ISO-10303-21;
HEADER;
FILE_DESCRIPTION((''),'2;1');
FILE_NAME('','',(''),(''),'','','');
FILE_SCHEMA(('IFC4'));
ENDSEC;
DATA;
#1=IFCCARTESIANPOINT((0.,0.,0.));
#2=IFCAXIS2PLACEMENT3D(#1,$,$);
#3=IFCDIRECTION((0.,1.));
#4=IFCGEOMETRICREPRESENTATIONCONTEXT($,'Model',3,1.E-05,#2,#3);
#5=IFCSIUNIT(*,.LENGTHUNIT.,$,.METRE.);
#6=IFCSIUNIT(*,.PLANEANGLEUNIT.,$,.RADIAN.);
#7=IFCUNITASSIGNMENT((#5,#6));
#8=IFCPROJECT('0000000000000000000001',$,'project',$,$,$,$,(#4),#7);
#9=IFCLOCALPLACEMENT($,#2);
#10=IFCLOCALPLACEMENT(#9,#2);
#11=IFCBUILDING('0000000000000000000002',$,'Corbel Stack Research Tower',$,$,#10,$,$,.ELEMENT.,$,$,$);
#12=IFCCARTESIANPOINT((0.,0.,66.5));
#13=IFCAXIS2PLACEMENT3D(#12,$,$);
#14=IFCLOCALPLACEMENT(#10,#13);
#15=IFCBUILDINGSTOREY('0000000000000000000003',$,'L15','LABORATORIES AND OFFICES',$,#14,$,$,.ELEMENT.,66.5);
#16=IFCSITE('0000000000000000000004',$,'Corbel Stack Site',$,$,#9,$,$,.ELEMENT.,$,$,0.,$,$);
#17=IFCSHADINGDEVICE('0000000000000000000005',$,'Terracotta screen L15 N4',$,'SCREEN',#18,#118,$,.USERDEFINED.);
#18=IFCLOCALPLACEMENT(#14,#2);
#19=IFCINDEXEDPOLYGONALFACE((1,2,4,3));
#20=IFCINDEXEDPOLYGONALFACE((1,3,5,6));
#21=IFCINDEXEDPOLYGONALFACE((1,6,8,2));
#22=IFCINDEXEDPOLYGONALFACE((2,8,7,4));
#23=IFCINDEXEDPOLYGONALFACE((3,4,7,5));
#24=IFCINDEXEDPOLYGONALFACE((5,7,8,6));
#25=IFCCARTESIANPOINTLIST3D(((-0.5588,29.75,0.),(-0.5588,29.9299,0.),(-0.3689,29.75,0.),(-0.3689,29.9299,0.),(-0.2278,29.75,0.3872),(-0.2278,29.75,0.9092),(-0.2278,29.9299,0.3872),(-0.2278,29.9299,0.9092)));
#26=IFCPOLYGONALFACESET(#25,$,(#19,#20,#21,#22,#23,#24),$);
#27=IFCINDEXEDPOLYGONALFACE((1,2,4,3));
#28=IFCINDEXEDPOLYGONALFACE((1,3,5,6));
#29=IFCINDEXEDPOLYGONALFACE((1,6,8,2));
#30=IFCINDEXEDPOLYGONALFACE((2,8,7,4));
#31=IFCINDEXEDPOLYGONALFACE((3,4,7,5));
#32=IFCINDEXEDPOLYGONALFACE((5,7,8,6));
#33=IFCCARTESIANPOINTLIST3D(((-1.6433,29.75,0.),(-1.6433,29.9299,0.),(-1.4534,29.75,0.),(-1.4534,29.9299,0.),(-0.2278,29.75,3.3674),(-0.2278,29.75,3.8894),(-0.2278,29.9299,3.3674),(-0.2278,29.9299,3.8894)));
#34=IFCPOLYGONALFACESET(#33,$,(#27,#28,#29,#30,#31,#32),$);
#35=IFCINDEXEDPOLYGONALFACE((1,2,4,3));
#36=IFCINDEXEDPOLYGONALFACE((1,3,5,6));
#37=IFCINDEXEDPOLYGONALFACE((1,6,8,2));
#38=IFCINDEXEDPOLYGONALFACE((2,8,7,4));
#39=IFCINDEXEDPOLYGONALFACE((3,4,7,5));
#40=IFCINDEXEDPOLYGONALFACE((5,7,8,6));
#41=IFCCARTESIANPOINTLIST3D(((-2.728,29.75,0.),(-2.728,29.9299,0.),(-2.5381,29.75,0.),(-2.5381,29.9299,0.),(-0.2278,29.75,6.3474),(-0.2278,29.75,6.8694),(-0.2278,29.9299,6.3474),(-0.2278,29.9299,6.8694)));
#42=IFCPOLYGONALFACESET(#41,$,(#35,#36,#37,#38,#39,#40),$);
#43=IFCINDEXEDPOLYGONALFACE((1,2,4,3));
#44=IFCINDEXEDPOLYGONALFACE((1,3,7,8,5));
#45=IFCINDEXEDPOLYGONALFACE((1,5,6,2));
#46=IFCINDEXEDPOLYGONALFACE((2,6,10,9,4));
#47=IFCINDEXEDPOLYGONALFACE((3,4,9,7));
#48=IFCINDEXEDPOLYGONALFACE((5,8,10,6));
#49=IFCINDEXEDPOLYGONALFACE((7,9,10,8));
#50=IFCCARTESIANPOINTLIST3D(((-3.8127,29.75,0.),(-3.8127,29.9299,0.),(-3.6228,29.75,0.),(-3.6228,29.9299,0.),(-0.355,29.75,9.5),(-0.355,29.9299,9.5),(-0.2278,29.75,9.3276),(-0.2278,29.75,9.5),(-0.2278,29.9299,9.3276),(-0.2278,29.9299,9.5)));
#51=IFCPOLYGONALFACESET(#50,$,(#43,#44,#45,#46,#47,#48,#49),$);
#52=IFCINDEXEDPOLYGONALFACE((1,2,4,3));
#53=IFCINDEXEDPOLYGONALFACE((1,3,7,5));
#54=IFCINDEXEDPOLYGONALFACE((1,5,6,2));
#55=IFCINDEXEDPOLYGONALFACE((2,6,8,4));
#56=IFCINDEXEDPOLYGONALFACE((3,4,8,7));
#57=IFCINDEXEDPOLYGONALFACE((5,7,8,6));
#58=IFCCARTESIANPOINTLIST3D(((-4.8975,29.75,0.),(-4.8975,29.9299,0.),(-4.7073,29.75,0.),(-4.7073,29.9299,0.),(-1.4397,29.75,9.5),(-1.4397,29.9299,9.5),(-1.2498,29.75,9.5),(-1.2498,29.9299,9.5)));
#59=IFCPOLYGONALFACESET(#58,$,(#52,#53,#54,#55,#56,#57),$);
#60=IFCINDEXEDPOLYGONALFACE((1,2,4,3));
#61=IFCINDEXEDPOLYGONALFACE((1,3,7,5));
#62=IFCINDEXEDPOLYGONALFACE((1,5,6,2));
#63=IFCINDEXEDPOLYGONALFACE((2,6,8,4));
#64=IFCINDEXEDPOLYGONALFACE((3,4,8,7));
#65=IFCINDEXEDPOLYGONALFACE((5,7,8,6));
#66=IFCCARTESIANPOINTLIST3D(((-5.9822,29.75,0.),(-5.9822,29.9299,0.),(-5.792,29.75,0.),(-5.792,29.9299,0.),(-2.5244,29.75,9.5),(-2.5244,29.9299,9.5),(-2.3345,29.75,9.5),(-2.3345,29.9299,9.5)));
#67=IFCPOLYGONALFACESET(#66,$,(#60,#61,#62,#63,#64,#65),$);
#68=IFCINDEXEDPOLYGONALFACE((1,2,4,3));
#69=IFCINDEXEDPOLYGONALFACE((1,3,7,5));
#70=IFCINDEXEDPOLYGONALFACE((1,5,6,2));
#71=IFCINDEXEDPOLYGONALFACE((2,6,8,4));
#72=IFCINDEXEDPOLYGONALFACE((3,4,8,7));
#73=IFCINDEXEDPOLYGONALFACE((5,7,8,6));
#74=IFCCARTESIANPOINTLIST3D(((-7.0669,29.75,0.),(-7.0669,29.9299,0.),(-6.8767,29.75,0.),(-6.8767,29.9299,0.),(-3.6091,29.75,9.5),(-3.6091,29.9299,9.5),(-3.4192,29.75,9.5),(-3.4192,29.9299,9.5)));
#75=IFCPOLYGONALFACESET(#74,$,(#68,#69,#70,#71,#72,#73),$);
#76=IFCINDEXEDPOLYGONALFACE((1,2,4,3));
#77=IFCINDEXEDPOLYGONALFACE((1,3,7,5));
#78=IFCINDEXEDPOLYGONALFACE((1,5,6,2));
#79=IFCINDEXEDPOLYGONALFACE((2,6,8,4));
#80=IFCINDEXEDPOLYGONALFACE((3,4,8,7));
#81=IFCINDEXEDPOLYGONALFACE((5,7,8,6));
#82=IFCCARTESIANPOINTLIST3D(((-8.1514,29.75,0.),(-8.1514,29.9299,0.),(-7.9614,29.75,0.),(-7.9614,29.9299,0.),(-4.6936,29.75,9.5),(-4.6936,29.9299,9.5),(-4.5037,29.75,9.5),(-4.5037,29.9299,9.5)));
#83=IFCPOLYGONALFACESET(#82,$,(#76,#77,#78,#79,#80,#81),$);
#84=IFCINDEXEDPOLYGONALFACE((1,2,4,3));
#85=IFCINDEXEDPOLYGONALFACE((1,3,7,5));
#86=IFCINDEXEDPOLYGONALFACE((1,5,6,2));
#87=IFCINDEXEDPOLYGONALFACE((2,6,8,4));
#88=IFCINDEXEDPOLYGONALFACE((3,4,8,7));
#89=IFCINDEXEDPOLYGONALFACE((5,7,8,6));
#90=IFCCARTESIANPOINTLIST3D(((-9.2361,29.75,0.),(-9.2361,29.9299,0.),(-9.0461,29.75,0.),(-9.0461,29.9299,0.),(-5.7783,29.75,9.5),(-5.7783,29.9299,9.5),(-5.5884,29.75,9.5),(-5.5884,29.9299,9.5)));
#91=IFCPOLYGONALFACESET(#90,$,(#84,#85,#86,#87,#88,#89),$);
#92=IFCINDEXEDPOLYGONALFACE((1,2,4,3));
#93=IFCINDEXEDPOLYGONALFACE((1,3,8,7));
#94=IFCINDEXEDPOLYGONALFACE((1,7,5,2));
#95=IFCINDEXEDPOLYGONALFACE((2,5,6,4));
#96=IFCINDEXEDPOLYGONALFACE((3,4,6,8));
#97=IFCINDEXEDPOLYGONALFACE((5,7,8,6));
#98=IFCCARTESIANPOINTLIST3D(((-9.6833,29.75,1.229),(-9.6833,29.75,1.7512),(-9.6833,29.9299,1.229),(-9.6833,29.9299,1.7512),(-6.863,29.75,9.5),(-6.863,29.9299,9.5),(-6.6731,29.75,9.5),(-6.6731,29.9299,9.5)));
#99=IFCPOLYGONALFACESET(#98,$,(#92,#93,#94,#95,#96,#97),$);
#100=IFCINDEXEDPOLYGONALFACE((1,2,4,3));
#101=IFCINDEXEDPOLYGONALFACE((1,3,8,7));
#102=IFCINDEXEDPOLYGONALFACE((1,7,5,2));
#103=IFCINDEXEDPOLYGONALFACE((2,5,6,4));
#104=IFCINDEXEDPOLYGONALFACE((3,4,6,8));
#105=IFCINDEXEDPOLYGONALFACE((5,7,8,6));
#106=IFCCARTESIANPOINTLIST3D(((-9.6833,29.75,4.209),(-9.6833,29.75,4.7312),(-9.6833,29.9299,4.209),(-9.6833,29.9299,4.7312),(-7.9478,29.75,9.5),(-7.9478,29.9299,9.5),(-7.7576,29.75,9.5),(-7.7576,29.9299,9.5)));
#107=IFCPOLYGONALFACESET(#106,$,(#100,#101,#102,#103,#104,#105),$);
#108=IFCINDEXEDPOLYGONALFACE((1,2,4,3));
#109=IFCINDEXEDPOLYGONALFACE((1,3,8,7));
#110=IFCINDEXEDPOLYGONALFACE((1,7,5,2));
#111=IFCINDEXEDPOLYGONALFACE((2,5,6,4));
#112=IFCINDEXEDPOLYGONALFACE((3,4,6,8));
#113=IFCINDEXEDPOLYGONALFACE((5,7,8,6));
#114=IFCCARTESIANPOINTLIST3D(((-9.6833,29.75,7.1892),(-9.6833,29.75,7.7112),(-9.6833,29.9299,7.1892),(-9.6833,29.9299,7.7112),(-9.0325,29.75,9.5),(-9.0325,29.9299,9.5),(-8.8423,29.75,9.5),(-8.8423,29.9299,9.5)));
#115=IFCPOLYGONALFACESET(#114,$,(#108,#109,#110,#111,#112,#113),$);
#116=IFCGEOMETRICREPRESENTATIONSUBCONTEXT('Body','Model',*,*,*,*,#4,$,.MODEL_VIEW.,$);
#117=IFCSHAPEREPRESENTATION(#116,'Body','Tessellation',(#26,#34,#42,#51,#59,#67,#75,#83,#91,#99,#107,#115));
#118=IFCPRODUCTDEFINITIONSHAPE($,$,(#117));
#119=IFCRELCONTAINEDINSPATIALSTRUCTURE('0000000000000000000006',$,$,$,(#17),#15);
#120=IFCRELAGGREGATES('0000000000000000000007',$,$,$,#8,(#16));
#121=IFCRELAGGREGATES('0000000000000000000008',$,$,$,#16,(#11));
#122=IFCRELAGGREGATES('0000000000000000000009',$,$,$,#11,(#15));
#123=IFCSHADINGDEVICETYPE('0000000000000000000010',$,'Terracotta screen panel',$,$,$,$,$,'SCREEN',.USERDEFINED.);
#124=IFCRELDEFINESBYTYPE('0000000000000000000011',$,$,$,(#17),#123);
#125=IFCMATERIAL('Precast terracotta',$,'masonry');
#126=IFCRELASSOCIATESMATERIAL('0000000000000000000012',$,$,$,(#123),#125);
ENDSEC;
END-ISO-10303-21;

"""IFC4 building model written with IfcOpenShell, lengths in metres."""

from ifc_helpers import new_model, si_unit, direction, frame, origin, place, context, subcontext, project, spatial, polyline, outline, extrude, source, transform, mapped, material, type_object, element, save


model = new_model("IFC4")

# Units and contexts
model_context = context("Model", 3, precision=1e-05, world=origin(), true_north=direction((0.0, 1.0)))
body_context = subcontext(model_context, "Body", "Model", "MODEL_VIEW")
ifc_project = project(units=[si_unit("LENGTHUNIT", "METRE"), si_unit("PLANEANGLEUNIT", "RADIAN")], contexts=[model_context])

# Site, building, storey
site_placement = place(None, origin())
site = spatial("IfcSite", under=ifc_project, at=site_placement, Name="Corbel Stack Site", CompositionType="ELEMENT", RefElevation=0.0)
building_placement = place(site_placement, origin())
building = spatial("IfcBuilding", under=site, at=building_placement, Name="Corbel Stack Research Tower", CompositionType="ELEMENT")
storey_placement = place(building_placement, frame((0.0, 0.0, 66.5)))
storey = spatial("IfcBuildingStorey", under=building, at=storey_placement, Name="L15", Description="LABORATORIES AND OFFICES", CompositionType="ELEMENT", Elevation=66.5)

# Shading device
ifc_material_1 = material(Name="Precast terracotta", Category="masonry")
shading_device_type = type_object("IfcShadingDeviceType", Name="Terracotta screen panel", ElementType="SCREEN", PredefinedType="USERDEFINED", material=ifc_material_1)
shared_shape_1 = source(origin(), body_context, "Body", "SweptSolid", [
    extrude(outline(polyline([(0.3311, 0.0), (0.0, 0.9092), (0.0, 0.3872), (0.1411, 0.0), (0.3311, 0.0)])), frame((0.0, 0.0, 0.0), z_axis=(0.0, -1.0, 0.0), x_axis=(1.0, 0.0, 0.0)), (0.0, 0.0, 1.0), 0.1799),
    extrude(outline(polyline([(1.4155, 0.0), (0.0, 3.8894), (0.0, 3.3674), (1.2256, 0.0), (1.4155, 0.0)])), frame((0.0, 0.0, 0.0), z_axis=(0.0, -1.0, 0.0), x_axis=(1.0, 0.0, 0.0)), (0.0, 0.0, 1.0), 0.1799),
    extrude(outline(polyline([(2.5002, 0.0), (0.0, 6.8694), (0.0, 6.3474), (2.3103, 0.0), (2.5002, 0.0)])), frame((0.0, 0.0, 0.0), z_axis=(0.0, -1.0, 0.0), x_axis=(1.0, 0.0, 0.0)), (0.0, 0.0, 1.0), 0.1799),
    extrude(outline(polyline([(3.585, 0.0), (0.1272, 9.5), (0.0, 9.5), (0.0, 9.3276), (3.395, 0.0), (3.585, 0.0)])), frame((0.0, 0.0, 0.0), z_axis=(0.0, -1.0, 0.0), x_axis=(1.0, 0.0, 0.0)), (0.0, 0.0, 1.0), 0.1799),
    extrude(outline(polyline([(4.6697, 0.0), (1.2119, 9.5), (1.022, 9.5), (4.4795, 0.0), (4.6697, 0.0)])), frame((0.0, 0.0, 0.0), z_axis=(0.0, -1.0, 0.0), x_axis=(1.0, 0.0, 0.0)), (0.0, 0.0, 1.0), 0.1799),
    extrude(outline(polyline([(5.7544, 0.0), (2.2966, 9.5), (2.1067, 9.5), (5.5642, 0.0), (5.7544, 0.0)])), frame((0.0, 0.0, 0.0), z_axis=(0.0, -1.0, 0.0), x_axis=(1.0, 0.0, 0.0)), (0.0, 0.0, 1.0), 0.1799),
    extrude(outline(polyline([(6.8391, 0.0), (3.3813, 9.5), (3.1914, 9.5), (6.6489, 0.0), (6.8391, 0.0)])), frame((0.0, 0.0, 0.0), z_axis=(0.0, -1.0, 0.0), x_axis=(1.0, 0.0, 0.0)), (0.0, 0.0, 1.0), 0.1799),
    extrude(outline(polyline([(7.9236, 0.0), (4.4658, 9.5), (4.2759, 9.5), (7.7336, 0.0), (7.9236, 0.0)])), frame((0.0, 0.0, 0.0), z_axis=(0.0, -1.0, 0.0), x_axis=(1.0, 0.0, 0.0)), (0.0, 0.0, 1.0), 0.1799),
    extrude(outline(polyline([(9.0083, 0.0), (5.5505, 9.5), (5.3606, 9.5), (8.8184, 0.0), (9.0083, 0.0)])), frame((0.0, 0.0, 0.0), z_axis=(0.0, -1.0, 0.0), x_axis=(1.0, 0.0, 0.0)), (0.0, 0.0, 1.0), 0.1799),
    extrude(outline(polyline([(6.6353, 9.5), (6.4453, 9.5), (9.4556, 1.229), (9.4556, 1.7512), (6.6353, 9.5)])), frame((0.0, 0.0, 0.0), z_axis=(0.0, -1.0, 0.0), x_axis=(1.0, 0.0, 0.0)), (0.0, 0.0, 1.0), 0.1799),
    extrude(outline(polyline([(7.72, 9.5), (7.5298, 9.5), (9.4556, 4.209), (9.4556, 4.7312), (7.72, 9.5)])), frame((0.0, 0.0, 0.0), z_axis=(0.0, -1.0, 0.0), x_axis=(1.0, 0.0, 0.0)), (0.0, 0.0, 1.0), 0.1799),
    extrude(outline(polyline([(8.8047, 9.5), (8.6145, 9.5), (9.4556, 7.1892), (9.4556, 7.7112), (8.8047, 9.5)])), frame((0.0, 0.0, 0.0), z_axis=(0.0, -1.0, 0.0), x_axis=(1.0, 0.0, 0.0)), (0.0, 0.0, 1.0), 0.1799),
])
shading_device_1_placement = place(storey_placement, frame((-0.2278, 29.75, 0.0), z_axis=(0.0, 0.0, 1.0), x_axis=(-1.0, 0.0, 0.0)))
element("IfcShadingDevice", 1, at=shading_device_1_placement, inside=storey, type_object=shading_device_type, Name="Terracotta screen L15 N4", ObjectType="SCREEN", PredefinedType="USERDEFINED", context=body_context, shape_type="MappedRepresentation", body=[
    mapped(shared_shape_1, transform((0.0, 0.0, 0.0))),
])

save(model, "model.ifc")
